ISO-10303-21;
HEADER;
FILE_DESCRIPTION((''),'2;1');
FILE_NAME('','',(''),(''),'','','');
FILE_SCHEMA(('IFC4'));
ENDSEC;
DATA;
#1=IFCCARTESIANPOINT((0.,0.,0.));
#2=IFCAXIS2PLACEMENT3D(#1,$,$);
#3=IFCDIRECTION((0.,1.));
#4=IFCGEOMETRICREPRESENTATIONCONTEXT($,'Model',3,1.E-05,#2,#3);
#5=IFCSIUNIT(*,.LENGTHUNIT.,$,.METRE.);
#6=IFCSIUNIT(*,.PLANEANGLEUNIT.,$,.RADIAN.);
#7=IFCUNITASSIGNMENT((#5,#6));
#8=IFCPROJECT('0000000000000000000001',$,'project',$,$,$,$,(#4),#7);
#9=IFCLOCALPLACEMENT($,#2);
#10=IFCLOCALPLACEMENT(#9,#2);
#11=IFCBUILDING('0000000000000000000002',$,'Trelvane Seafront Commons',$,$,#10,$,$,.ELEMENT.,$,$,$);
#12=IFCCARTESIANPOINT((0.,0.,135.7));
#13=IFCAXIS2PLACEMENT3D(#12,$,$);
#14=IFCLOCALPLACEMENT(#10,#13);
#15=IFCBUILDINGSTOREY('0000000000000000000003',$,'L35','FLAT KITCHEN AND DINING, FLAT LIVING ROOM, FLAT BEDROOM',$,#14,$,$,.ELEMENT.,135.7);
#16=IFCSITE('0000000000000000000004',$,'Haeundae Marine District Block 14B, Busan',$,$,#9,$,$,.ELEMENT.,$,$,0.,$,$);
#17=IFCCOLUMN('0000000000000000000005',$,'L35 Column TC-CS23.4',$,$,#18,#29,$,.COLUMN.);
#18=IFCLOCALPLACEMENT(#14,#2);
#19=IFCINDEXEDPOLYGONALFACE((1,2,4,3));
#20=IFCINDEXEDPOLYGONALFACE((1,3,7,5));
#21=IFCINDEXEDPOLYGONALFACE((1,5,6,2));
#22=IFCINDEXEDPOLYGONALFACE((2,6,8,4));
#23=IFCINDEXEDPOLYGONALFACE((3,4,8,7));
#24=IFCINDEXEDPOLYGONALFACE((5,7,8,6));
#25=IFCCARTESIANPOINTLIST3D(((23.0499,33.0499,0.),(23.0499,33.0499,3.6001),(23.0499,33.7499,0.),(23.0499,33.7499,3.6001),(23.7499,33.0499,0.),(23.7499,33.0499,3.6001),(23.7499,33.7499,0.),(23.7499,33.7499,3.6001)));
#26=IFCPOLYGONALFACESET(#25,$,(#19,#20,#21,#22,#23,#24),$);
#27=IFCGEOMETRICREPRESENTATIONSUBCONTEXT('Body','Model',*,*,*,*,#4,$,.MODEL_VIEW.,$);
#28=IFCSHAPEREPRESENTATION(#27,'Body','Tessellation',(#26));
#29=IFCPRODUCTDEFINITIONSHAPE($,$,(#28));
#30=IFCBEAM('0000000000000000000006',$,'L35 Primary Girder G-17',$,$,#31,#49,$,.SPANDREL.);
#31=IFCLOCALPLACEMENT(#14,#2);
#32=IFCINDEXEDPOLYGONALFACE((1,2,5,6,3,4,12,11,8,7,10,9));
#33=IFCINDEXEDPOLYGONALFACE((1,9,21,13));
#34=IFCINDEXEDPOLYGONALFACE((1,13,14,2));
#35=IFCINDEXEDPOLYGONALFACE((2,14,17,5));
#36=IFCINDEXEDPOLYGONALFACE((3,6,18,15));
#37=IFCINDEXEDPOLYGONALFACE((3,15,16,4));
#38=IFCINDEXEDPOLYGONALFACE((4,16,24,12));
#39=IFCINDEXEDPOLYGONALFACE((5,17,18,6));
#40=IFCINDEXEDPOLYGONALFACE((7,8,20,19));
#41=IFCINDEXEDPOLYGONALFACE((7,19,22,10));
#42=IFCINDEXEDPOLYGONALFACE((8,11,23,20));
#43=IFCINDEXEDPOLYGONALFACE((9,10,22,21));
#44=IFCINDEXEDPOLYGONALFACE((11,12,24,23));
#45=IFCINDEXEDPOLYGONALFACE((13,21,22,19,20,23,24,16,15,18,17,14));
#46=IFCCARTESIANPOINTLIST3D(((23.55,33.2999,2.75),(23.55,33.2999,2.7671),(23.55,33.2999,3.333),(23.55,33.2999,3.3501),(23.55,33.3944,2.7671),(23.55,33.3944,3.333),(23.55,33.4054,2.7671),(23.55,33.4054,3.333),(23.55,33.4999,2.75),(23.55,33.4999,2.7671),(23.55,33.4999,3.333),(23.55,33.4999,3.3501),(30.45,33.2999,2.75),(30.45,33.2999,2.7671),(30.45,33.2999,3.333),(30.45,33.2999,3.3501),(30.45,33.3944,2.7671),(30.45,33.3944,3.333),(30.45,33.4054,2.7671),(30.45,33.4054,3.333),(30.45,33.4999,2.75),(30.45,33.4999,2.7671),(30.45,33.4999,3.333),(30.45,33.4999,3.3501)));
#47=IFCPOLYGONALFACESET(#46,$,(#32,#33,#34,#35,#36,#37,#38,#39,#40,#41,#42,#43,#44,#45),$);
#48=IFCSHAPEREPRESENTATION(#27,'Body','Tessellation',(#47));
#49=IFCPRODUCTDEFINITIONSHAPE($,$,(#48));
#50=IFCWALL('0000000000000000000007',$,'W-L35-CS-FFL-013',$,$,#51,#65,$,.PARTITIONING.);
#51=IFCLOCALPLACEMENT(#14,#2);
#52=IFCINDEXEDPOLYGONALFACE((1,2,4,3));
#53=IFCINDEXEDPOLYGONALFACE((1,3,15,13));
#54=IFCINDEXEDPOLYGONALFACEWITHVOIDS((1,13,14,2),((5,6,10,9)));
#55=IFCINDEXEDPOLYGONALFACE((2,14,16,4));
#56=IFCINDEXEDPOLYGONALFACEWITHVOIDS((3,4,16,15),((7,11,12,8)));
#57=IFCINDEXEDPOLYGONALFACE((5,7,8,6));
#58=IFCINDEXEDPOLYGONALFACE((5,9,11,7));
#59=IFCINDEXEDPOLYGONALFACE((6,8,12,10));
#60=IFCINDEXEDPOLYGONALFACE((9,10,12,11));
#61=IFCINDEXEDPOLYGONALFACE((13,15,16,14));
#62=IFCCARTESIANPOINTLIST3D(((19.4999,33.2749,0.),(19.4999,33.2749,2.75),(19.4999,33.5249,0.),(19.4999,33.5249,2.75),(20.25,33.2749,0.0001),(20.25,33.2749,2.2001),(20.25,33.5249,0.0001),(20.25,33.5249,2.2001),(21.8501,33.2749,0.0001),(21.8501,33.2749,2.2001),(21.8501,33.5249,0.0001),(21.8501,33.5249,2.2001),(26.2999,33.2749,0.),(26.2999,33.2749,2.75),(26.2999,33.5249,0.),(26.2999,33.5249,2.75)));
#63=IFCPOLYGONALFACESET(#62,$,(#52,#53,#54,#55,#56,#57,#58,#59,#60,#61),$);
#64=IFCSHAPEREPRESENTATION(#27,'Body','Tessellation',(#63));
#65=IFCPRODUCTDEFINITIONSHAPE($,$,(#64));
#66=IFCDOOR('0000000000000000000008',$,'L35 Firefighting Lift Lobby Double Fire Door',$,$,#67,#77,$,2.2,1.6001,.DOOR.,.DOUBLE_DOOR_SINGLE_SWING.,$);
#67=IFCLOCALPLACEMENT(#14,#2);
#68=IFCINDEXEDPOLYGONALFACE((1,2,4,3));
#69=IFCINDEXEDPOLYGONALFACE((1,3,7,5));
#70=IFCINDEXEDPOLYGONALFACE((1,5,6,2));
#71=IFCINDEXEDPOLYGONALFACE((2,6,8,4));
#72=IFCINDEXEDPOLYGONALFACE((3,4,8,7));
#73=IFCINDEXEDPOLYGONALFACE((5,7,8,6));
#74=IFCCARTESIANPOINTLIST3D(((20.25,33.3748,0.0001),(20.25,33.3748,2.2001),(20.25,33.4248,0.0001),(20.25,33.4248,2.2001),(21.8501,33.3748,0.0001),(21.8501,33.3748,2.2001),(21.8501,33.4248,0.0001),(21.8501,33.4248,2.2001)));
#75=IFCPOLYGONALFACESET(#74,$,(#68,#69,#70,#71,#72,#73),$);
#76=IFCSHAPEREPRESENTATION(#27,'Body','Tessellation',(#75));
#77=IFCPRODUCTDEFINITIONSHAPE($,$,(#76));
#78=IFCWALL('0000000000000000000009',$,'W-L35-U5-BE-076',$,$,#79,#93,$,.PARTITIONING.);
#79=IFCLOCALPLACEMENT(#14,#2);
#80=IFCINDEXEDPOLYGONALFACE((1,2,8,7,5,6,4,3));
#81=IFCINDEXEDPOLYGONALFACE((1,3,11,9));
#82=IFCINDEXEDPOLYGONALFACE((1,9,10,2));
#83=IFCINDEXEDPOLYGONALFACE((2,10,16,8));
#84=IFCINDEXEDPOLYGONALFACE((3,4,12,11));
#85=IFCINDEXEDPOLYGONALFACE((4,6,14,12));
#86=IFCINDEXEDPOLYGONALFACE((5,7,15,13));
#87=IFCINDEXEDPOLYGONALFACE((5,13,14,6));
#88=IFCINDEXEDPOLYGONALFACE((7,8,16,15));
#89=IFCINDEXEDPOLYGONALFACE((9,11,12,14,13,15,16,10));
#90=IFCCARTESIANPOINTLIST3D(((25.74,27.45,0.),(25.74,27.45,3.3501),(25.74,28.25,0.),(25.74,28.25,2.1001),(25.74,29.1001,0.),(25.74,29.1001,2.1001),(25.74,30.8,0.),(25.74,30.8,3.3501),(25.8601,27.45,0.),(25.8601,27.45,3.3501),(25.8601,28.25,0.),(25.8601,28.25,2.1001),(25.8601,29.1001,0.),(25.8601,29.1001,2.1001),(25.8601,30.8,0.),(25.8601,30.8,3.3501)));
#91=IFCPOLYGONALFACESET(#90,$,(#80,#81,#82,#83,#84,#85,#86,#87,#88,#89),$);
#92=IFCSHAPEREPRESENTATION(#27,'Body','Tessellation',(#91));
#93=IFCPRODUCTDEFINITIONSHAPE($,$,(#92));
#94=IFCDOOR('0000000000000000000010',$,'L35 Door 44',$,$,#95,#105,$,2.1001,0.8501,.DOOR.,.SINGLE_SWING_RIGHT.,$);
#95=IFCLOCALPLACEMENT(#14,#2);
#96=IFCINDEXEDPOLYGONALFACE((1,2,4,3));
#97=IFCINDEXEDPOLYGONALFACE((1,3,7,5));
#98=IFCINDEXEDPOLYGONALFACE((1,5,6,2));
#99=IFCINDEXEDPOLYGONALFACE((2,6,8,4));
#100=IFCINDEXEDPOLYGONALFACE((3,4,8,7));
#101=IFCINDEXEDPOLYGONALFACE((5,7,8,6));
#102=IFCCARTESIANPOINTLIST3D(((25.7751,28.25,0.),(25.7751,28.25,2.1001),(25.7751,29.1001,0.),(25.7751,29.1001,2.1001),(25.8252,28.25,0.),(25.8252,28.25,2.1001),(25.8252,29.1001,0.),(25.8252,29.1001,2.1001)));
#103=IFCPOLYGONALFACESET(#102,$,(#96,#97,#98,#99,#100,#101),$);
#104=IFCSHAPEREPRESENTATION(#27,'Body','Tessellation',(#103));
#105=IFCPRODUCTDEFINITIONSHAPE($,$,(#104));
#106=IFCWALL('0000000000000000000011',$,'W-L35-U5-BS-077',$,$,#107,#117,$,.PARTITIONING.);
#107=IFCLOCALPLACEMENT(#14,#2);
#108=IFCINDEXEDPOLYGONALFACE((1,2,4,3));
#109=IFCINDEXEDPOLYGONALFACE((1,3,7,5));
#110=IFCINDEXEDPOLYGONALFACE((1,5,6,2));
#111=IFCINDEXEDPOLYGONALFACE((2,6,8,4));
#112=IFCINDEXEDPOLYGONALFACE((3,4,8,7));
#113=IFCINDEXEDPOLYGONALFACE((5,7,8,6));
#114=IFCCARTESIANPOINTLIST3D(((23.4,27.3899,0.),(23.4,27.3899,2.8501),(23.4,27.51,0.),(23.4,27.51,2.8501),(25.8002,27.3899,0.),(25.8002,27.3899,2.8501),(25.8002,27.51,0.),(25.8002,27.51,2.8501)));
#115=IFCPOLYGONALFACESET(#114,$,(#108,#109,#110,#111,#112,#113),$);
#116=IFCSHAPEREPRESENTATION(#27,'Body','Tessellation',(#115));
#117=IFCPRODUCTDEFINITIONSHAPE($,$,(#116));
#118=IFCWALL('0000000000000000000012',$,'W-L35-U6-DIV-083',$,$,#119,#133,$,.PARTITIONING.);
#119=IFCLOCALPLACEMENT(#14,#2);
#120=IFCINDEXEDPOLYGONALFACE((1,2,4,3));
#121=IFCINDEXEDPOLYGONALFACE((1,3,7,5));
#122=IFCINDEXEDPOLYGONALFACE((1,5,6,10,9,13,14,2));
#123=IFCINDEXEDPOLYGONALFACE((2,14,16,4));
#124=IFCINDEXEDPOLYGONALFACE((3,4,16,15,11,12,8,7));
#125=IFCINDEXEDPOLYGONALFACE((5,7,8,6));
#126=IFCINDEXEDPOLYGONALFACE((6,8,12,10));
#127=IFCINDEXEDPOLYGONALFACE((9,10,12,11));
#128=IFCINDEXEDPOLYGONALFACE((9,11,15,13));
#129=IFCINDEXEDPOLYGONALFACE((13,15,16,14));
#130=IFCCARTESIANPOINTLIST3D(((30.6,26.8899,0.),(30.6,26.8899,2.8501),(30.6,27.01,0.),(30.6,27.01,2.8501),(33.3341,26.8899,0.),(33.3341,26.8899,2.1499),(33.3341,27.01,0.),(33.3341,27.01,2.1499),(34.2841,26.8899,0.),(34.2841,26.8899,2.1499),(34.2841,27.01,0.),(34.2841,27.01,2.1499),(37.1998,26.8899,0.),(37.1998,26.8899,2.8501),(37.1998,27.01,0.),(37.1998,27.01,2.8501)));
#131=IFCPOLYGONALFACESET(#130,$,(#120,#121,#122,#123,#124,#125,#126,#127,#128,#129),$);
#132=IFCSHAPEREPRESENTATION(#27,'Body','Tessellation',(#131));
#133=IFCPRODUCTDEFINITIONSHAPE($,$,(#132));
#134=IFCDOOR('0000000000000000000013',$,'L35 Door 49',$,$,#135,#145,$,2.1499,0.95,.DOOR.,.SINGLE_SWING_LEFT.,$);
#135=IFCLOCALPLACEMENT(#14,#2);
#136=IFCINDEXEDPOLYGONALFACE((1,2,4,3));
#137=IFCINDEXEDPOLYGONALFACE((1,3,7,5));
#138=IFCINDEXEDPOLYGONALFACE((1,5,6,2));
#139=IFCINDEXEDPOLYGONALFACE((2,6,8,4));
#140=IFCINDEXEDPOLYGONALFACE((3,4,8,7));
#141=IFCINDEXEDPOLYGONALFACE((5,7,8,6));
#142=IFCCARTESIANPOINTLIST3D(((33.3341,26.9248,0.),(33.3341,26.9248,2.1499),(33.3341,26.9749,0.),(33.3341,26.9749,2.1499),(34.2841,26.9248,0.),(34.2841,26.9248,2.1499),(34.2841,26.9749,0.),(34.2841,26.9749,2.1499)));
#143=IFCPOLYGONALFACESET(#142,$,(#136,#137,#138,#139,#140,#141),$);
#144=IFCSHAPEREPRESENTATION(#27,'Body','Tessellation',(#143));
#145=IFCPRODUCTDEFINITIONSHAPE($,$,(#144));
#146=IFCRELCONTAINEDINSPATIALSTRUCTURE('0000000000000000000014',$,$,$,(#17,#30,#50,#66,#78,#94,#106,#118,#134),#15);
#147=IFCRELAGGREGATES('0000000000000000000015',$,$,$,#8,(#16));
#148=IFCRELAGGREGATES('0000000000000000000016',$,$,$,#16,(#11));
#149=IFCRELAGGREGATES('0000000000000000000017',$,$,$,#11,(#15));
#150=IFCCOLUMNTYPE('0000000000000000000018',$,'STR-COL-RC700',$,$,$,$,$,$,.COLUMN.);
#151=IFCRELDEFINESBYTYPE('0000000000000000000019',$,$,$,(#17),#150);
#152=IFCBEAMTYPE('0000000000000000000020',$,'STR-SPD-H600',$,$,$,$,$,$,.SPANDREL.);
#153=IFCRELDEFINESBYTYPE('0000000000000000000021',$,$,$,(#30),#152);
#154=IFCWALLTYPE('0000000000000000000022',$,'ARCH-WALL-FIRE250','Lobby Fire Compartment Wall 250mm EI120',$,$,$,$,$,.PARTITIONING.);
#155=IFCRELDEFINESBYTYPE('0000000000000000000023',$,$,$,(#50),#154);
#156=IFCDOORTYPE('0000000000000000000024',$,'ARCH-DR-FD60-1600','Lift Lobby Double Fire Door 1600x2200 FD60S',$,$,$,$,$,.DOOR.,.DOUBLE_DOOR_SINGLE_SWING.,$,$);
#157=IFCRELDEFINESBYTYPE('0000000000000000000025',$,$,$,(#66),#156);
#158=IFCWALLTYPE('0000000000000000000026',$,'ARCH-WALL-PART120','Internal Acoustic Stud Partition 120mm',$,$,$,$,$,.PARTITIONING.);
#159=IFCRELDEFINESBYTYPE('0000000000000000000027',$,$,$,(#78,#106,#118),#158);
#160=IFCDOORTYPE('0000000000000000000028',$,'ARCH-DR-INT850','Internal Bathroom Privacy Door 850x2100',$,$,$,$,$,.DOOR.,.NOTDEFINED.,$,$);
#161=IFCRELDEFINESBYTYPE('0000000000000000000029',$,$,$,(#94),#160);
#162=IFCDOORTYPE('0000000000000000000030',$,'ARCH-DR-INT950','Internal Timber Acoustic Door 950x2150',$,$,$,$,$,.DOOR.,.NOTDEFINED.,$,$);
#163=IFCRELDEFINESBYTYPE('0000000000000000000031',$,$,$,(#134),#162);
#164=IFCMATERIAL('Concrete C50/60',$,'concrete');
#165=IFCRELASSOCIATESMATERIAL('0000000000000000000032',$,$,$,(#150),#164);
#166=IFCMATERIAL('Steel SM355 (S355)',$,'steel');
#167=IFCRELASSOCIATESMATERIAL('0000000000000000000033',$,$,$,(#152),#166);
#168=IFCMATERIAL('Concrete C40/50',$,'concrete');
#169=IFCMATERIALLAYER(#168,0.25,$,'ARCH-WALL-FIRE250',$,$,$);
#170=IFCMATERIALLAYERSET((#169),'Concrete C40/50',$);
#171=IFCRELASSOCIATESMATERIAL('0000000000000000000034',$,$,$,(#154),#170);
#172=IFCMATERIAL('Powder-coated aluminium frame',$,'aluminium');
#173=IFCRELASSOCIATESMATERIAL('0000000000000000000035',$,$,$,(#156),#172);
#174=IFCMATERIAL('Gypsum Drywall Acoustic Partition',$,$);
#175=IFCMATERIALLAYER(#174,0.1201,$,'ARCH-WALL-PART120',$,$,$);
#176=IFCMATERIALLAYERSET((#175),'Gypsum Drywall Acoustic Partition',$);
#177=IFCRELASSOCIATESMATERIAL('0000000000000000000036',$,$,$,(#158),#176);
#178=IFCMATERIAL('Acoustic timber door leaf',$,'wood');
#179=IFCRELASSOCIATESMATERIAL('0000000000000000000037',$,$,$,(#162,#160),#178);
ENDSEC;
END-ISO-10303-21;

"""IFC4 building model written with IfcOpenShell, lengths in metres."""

from ifc_helpers import new_model, si_unit, direction, frame, frame_2d, origin, origin_2d, place, context, subcontext, project, spatial, rectangle, i_section, extrude, source, transform, mapped, material, layer, layer_set, material_profile, profile_set, type_object, element, fill, save


model = new_model("IFC4")

# Units and contexts
model_context = context("Model", 3, precision=1e-05, world=origin(), true_north=direction((0.0, 1.0)))
body_context = subcontext(model_context, "Body", "Model", "MODEL_VIEW")
ifc_project = project(units=[si_unit("LENGTHUNIT", "METRE"), si_unit("PLANEANGLEUNIT", "RADIAN")], contexts=[model_context])

# Site, building, storey
site_placement = place(None, origin())
site = spatial("IfcSite", under=ifc_project, at=site_placement, Name="Haeundae Marine District Block 14B, Busan", CompositionType="ELEMENT", RefElevation=0.0)
building_placement = place(site_placement, origin())
building = spatial("IfcBuilding", under=site, at=building_placement, Name="Trelvane Seafront Commons", CompositionType="ELEMENT")
storey_placement = place(building_placement, frame((0.0, 0.0, 135.7)))
storey = spatial("IfcBuildingStorey", under=building, at=storey_placement, Name="L35", Description="FLAT KITCHEN AND DINING, FLAT LIVING ROOM, FLAT BEDROOM", CompositionType="ELEMENT", Elevation=135.7)

# Column
ifc_material_1 = material(Name="Concrete C50/60", Category="concrete")
ifc_material_profile_1 = material_profile(ifc_material_1, rectangle(XDim=0.7, YDim=0.7, at=origin_2d()), Name="RC-700x700")
ifc_profile_set_1 = profile_set([ifc_material_profile_1], Name="Concrete C50/60")
column_type = type_object("IfcColumnType", Name="STR-COL-RC700", PredefinedType="COLUMN", material=ifc_profile_set_1)
shared_shape_1 = source(origin(), body_context, "Body", "SweptSolid", [
    extrude(rectangle(XDim=0.7, YDim=0.7, at=origin_2d()), origin(), (0.0, 0.0, 1.0), 3.6001),
])
column_placement = place(storey_placement, frame((23.3999, 33.3999, 0.0), z_axis=(0.0, 0.0, 1.0), x_axis=(1.0, 0.0, 0.0)))
element("IfcColumn", 1, at=column_placement, inside=storey, type_object=column_type, Name="L35 Column TC-CS23.4", PredefinedType="COLUMN", context=body_context, shape_type="MappedRepresentation", body=[
    mapped(shared_shape_1, transform((0.0, 0.0, 0.0), x_axis=(1.0, 0.0, 0.0), y_axis=(0.0, 1.0, 0.0), z_axis=(0.0, 0.0, 1.0), scale=1.0)),
])

# Beam
ifc_material_2 = material(Name="Steel SM355 (S355)", Category="steel")
ifc_material_profile_2 = material_profile(ifc_material_2, i_section(OverallWidth=0.2, OverallDepth=0.6001, WebThickness=0.011, FlangeThickness=0.0171, at=origin_2d()), Name="H-600x200x11x17")
ifc_profile_set_2 = profile_set([ifc_material_profile_2], Name="Steel SM355 (S355)")
beam_type = type_object("IfcBeamType", Name="STR-SPD-H600", PredefinedType="SPANDREL", material=ifc_profile_set_2)
shared_shape_2 = source(origin(), body_context, "Body", "SweptSolid", [
    extrude(i_section(OverallWidth=0.2, OverallDepth=0.6001, WebThickness=0.011, FlangeThickness=0.0171, at=origin_2d()), origin(), (0.0, 0.0, 1.0), 6.8999),
])
beam_placement = place(storey_placement, frame((23.55, 33.3999, 3.05), z_axis=(1.0, 0.0, 0.0), x_axis=(0.0, 1.0, 0.0)))
element("IfcBeam", 2, at=beam_placement, inside=storey, type_object=beam_type, Name="L35 Primary Girder G-17", PredefinedType="SPANDREL", context=body_context, shape_type="MappedRepresentation", body=[
    mapped(shared_shape_2, transform((0.0, 0.0, 0.0), x_axis=(1.0, 0.0, 0.0), y_axis=(0.0, 1.0, 0.0), z_axis=(0.0, 0.0, 1.0), scale=1.0)),
])

# Walls, openings, doors
ifc_material_3 = material(Name="Concrete C40/50", Category="concrete")
ifc_layer_1 = layer(ifc_material_3, 0.25, Name="ARCH-WALL-FIRE250")
ifc_layer_set_1 = layer_set([ifc_layer_1], Name="Concrete C40/50")
wall_type_1 = type_object("IfcWallType", Name="ARCH-WALL-FIRE250", Description="Lobby Fire Compartment Wall 250mm EI120", PredefinedType="PARTITIONING", material=ifc_layer_set_1)
wall_1_placement = place(storey_placement, frame((19.5, 33.3999, 0.0), z_axis=(0.0, 0.0, 1.0), x_axis=(1.0, 0.0, 0.0)))
wall_1 = element("IfcWall", 3, at=wall_1_placement, inside=storey, type_object=wall_type_1, Name="W-L35-CS-FFL-013", PredefinedType="PARTITIONING", context=body_context, shape_type="SweptSolid", body=[
    extrude(rectangle(XDim=6.8, YDim=0.25, at=frame_2d((3.3999, 0.0))), origin(), (0.0, 0.0, 1.0), 2.75),
])
opening_1_placement = place(wall_1_placement, frame((0.75, 0.0, 0.0)))
opening_1 = element("IfcOpeningElement", 4, at=opening_1_placement, cuts=wall_1, PredefinedType="OPENING", context=body_context, shape_type="SweptSolid", body=[
    extrude(rectangle(XDim=1.6001, YDim=2.2, at=frame_2d((0.8, 1.1001))), frame((0.0, 0.135, 0.0), z_axis=(0.0, -1.0, 0.0), x_axis=(1.0, 0.0, 0.0)), (0.0, 0.0, 1.0), 0.27),
])
ifc_material_4 = material(Name="Powder-coated aluminium frame", Category="aluminium")
door_type_1 = type_object("IfcDoorType", Name="ARCH-DR-FD60-1600", Description="Lift Lobby Double Fire Door 1600x2200 FD60S", OperationType="DOUBLE_DOOR_SINGLE_SWING", PredefinedType="DOOR", material=ifc_material_4)
shared_shape_3 = source(origin(), body_context, "Body", "SweptSolid", [
    extrude(rectangle(XDim=1.6001, YDim=2.2, at=frame_2d((0.8, 1.1001))), frame((0.0, 0.0249, 0.0), z_axis=(0.0, -1.0, 0.0), x_axis=(1.0, 0.0, 0.0)), (0.0, 0.0, 1.0), 0.05),
])
door_1_placement = place(opening_1_placement, origin())
door_1 = element("IfcDoor", 5, at=door_1_placement, inside=storey, type_object=door_type_1, Name="L35 Firefighting Lift Lobby Double Fire Door", OperationType="DOUBLE_DOOR_SINGLE_SWING", OverallHeight=2.2, OverallWidth=1.6001, PredefinedType="DOOR", context=body_context, shape_type="MappedRepresentation", body=[
    mapped(shared_shape_3, transform((0.0, 0.0, 0.0), x_axis=(1.0, 0.0, 0.0), y_axis=(0.0, 1.0, 0.0), z_axis=(0.0, 0.0, 1.0), scale=1.0)),
])
fill(opening_1, door_1)
ifc_material_5 = material(Name="Gypsum Drywall Acoustic Partition")
ifc_layer_2 = layer(ifc_material_5, 0.1201, Name="ARCH-WALL-PART120")
ifc_layer_set_2 = layer_set([ifc_layer_2], Name="Gypsum Drywall Acoustic Partition")
wall_type_2 = type_object("IfcWallType", Name="ARCH-WALL-PART120", Description="Internal Acoustic Stud Partition 120mm", PredefinedType="PARTITIONING", material=ifc_layer_set_2)
ifc_material_6 = material(Name="Acoustic timber door leaf", Category="wood")
door_type_2 = type_object("IfcDoorType", Name="ARCH-DR-INT950", Description="Internal Timber Acoustic Door 950x2150", OperationType="NOTDEFINED", PredefinedType="DOOR", material=ifc_material_6)
shared_shape_4 = source(origin(), body_context, "Body", "SweptSolid", [
    extrude(rectangle(XDim=0.95, YDim=2.1499, at=frame_2d((0.4751, 1.075))), frame((0.0, 0.0249, 0.0), z_axis=(0.0, -1.0, 0.0), x_axis=(1.0, 0.0, 0.0)), (0.0, 0.0, 1.0), 0.05),
])
wall_2_placement = place(storey_placement, frame((25.8, 27.45, 0.0), z_axis=(0.0, 0.0, 1.0), x_axis=(0.0, 1.0, 0.0)))
wall_2 = element("IfcWall", 6, at=wall_2_placement, inside=storey, type_object=wall_type_2, Name="W-L35-U5-BE-076", PredefinedType="PARTITIONING", context=body_context, shape_type="SweptSolid", body=[
    extrude(rectangle(XDim=3.3501, YDim=0.1201, at=frame_2d((1.675, 0.0))), origin(), (0.0, 0.0, 1.0), 3.3501),
])
opening_2_placement = place(wall_2_placement, frame((0.8, 0.0, 0.0)))
opening_2 = element("IfcOpeningElement", 7, at=opening_2_placement, cuts=wall_2, PredefinedType="OPENING", context=body_context, shape_type="SweptSolid", body=[
    extrude(rectangle(XDim=0.8501, YDim=2.1001, at=frame_2d((0.425, 1.05))), frame((0.0, 0.0701, 0.0), z_axis=(0.0, -1.0, 0.0), x_axis=(1.0, 0.0, 0.0)), (0.0, 0.0, 1.0), 0.1401),
])
door_type_3 = type_object("IfcDoorType", Name="ARCH-DR-INT850", Description="Internal Bathroom Privacy Door 850x2100", OperationType="NOTDEFINED", PredefinedType="DOOR", material=ifc_material_6)
shared_shape_5 = source(origin(), body_context, "Body", "SweptSolid", [
    extrude(rectangle(XDim=0.8501, YDim=2.1001, at=frame_2d((0.425, 1.05))), frame((0.0, 0.0249, 0.0), z_axis=(0.0, -1.0, 0.0), x_axis=(1.0, 0.0, 0.0)), (0.0, 0.0, 1.0), 0.05),
])
door_2_placement = place(opening_2_placement, origin())
door_2 = element("IfcDoor", 8, at=door_2_placement, inside=storey, type_object=door_type_3, Name="L35 Door 44", OperationType="SINGLE_SWING_RIGHT", OverallHeight=2.1001, OverallWidth=0.8501, PredefinedType="DOOR", context=body_context, shape_type="MappedRepresentation", body=[
    mapped(shared_shape_5, transform((0.0, 0.0, 0.0), x_axis=(1.0, 0.0, 0.0), y_axis=(0.0, 1.0, 0.0), z_axis=(0.0, 0.0, 1.0), scale=1.0)),
])
fill(opening_2, door_2)

# Wall
wall_3_placement = place(storey_placement, frame((23.3999, 27.45, 0.0), z_axis=(0.0, 0.0, 1.0), x_axis=(1.0, 0.0, 0.0)))
element("IfcWall", 9, at=wall_3_placement, inside=storey, type_object=wall_type_2, Name="W-L35-U5-BS-077", PredefinedType="PARTITIONING", context=body_context, shape_type="SweptSolid", body=[
    extrude(rectangle(XDim=2.4001, YDim=0.1201, at=frame_2d((1.2002, 0.0))), origin(), (0.0, 0.0, 1.0), 2.8501),
])

# Wall, opening, door
wall_4_placement = place(storey_placement, frame((30.6001, 26.95, 0.0), z_axis=(0.0, 0.0, 1.0), x_axis=(1.0, 0.0, 0.0)))
wall_4 = element("IfcWall", 10, at=wall_4_placement, inside=storey, type_object=wall_type_2, Name="W-L35-U6-DIV-083", PredefinedType="PARTITIONING", context=body_context, shape_type="SweptSolid", body=[
    extrude(rectangle(XDim=6.5999, YDim=0.1201, at=frame_2d((3.2998, 0.0))), origin(), (0.0, 0.0, 1.0), 2.8501),
])
opening_3_placement = place(wall_4_placement, frame((2.7339, 0.0, 0.0)))
opening_3 = element("IfcOpeningElement", 11, at=opening_3_placement, cuts=wall_4, PredefinedType="OPENING", context=body_context, shape_type="SweptSolid", body=[
    extrude(rectangle(XDim=0.95, YDim=2.1499, at=frame_2d((0.4751, 1.075))), frame((0.0, 0.0701, 0.0), z_axis=(0.0, -1.0, 0.0), x_axis=(1.0, 0.0, 0.0)), (0.0, 0.0, 1.0), 0.1401),
])
door_3_placement = place(opening_3_placement, origin())
door_3 = element("IfcDoor", 12, at=door_3_placement, inside=storey, type_object=door_type_2, Name="L35 Door 49", OperationType="SINGLE_SWING_LEFT", OverallHeight=2.1499, OverallWidth=0.95, PredefinedType="DOOR", context=body_context, shape_type="MappedRepresentation", body=[
    mapped(shared_shape_4, transform((0.0, 0.0, 0.0), x_axis=(1.0, 0.0, 0.0), y_axis=(0.0, 1.0, 0.0), z_axis=(0.0, 0.0, 1.0), scale=1.0)),
])
fill(opening_3, door_3)

save(model, "model.ifc")
